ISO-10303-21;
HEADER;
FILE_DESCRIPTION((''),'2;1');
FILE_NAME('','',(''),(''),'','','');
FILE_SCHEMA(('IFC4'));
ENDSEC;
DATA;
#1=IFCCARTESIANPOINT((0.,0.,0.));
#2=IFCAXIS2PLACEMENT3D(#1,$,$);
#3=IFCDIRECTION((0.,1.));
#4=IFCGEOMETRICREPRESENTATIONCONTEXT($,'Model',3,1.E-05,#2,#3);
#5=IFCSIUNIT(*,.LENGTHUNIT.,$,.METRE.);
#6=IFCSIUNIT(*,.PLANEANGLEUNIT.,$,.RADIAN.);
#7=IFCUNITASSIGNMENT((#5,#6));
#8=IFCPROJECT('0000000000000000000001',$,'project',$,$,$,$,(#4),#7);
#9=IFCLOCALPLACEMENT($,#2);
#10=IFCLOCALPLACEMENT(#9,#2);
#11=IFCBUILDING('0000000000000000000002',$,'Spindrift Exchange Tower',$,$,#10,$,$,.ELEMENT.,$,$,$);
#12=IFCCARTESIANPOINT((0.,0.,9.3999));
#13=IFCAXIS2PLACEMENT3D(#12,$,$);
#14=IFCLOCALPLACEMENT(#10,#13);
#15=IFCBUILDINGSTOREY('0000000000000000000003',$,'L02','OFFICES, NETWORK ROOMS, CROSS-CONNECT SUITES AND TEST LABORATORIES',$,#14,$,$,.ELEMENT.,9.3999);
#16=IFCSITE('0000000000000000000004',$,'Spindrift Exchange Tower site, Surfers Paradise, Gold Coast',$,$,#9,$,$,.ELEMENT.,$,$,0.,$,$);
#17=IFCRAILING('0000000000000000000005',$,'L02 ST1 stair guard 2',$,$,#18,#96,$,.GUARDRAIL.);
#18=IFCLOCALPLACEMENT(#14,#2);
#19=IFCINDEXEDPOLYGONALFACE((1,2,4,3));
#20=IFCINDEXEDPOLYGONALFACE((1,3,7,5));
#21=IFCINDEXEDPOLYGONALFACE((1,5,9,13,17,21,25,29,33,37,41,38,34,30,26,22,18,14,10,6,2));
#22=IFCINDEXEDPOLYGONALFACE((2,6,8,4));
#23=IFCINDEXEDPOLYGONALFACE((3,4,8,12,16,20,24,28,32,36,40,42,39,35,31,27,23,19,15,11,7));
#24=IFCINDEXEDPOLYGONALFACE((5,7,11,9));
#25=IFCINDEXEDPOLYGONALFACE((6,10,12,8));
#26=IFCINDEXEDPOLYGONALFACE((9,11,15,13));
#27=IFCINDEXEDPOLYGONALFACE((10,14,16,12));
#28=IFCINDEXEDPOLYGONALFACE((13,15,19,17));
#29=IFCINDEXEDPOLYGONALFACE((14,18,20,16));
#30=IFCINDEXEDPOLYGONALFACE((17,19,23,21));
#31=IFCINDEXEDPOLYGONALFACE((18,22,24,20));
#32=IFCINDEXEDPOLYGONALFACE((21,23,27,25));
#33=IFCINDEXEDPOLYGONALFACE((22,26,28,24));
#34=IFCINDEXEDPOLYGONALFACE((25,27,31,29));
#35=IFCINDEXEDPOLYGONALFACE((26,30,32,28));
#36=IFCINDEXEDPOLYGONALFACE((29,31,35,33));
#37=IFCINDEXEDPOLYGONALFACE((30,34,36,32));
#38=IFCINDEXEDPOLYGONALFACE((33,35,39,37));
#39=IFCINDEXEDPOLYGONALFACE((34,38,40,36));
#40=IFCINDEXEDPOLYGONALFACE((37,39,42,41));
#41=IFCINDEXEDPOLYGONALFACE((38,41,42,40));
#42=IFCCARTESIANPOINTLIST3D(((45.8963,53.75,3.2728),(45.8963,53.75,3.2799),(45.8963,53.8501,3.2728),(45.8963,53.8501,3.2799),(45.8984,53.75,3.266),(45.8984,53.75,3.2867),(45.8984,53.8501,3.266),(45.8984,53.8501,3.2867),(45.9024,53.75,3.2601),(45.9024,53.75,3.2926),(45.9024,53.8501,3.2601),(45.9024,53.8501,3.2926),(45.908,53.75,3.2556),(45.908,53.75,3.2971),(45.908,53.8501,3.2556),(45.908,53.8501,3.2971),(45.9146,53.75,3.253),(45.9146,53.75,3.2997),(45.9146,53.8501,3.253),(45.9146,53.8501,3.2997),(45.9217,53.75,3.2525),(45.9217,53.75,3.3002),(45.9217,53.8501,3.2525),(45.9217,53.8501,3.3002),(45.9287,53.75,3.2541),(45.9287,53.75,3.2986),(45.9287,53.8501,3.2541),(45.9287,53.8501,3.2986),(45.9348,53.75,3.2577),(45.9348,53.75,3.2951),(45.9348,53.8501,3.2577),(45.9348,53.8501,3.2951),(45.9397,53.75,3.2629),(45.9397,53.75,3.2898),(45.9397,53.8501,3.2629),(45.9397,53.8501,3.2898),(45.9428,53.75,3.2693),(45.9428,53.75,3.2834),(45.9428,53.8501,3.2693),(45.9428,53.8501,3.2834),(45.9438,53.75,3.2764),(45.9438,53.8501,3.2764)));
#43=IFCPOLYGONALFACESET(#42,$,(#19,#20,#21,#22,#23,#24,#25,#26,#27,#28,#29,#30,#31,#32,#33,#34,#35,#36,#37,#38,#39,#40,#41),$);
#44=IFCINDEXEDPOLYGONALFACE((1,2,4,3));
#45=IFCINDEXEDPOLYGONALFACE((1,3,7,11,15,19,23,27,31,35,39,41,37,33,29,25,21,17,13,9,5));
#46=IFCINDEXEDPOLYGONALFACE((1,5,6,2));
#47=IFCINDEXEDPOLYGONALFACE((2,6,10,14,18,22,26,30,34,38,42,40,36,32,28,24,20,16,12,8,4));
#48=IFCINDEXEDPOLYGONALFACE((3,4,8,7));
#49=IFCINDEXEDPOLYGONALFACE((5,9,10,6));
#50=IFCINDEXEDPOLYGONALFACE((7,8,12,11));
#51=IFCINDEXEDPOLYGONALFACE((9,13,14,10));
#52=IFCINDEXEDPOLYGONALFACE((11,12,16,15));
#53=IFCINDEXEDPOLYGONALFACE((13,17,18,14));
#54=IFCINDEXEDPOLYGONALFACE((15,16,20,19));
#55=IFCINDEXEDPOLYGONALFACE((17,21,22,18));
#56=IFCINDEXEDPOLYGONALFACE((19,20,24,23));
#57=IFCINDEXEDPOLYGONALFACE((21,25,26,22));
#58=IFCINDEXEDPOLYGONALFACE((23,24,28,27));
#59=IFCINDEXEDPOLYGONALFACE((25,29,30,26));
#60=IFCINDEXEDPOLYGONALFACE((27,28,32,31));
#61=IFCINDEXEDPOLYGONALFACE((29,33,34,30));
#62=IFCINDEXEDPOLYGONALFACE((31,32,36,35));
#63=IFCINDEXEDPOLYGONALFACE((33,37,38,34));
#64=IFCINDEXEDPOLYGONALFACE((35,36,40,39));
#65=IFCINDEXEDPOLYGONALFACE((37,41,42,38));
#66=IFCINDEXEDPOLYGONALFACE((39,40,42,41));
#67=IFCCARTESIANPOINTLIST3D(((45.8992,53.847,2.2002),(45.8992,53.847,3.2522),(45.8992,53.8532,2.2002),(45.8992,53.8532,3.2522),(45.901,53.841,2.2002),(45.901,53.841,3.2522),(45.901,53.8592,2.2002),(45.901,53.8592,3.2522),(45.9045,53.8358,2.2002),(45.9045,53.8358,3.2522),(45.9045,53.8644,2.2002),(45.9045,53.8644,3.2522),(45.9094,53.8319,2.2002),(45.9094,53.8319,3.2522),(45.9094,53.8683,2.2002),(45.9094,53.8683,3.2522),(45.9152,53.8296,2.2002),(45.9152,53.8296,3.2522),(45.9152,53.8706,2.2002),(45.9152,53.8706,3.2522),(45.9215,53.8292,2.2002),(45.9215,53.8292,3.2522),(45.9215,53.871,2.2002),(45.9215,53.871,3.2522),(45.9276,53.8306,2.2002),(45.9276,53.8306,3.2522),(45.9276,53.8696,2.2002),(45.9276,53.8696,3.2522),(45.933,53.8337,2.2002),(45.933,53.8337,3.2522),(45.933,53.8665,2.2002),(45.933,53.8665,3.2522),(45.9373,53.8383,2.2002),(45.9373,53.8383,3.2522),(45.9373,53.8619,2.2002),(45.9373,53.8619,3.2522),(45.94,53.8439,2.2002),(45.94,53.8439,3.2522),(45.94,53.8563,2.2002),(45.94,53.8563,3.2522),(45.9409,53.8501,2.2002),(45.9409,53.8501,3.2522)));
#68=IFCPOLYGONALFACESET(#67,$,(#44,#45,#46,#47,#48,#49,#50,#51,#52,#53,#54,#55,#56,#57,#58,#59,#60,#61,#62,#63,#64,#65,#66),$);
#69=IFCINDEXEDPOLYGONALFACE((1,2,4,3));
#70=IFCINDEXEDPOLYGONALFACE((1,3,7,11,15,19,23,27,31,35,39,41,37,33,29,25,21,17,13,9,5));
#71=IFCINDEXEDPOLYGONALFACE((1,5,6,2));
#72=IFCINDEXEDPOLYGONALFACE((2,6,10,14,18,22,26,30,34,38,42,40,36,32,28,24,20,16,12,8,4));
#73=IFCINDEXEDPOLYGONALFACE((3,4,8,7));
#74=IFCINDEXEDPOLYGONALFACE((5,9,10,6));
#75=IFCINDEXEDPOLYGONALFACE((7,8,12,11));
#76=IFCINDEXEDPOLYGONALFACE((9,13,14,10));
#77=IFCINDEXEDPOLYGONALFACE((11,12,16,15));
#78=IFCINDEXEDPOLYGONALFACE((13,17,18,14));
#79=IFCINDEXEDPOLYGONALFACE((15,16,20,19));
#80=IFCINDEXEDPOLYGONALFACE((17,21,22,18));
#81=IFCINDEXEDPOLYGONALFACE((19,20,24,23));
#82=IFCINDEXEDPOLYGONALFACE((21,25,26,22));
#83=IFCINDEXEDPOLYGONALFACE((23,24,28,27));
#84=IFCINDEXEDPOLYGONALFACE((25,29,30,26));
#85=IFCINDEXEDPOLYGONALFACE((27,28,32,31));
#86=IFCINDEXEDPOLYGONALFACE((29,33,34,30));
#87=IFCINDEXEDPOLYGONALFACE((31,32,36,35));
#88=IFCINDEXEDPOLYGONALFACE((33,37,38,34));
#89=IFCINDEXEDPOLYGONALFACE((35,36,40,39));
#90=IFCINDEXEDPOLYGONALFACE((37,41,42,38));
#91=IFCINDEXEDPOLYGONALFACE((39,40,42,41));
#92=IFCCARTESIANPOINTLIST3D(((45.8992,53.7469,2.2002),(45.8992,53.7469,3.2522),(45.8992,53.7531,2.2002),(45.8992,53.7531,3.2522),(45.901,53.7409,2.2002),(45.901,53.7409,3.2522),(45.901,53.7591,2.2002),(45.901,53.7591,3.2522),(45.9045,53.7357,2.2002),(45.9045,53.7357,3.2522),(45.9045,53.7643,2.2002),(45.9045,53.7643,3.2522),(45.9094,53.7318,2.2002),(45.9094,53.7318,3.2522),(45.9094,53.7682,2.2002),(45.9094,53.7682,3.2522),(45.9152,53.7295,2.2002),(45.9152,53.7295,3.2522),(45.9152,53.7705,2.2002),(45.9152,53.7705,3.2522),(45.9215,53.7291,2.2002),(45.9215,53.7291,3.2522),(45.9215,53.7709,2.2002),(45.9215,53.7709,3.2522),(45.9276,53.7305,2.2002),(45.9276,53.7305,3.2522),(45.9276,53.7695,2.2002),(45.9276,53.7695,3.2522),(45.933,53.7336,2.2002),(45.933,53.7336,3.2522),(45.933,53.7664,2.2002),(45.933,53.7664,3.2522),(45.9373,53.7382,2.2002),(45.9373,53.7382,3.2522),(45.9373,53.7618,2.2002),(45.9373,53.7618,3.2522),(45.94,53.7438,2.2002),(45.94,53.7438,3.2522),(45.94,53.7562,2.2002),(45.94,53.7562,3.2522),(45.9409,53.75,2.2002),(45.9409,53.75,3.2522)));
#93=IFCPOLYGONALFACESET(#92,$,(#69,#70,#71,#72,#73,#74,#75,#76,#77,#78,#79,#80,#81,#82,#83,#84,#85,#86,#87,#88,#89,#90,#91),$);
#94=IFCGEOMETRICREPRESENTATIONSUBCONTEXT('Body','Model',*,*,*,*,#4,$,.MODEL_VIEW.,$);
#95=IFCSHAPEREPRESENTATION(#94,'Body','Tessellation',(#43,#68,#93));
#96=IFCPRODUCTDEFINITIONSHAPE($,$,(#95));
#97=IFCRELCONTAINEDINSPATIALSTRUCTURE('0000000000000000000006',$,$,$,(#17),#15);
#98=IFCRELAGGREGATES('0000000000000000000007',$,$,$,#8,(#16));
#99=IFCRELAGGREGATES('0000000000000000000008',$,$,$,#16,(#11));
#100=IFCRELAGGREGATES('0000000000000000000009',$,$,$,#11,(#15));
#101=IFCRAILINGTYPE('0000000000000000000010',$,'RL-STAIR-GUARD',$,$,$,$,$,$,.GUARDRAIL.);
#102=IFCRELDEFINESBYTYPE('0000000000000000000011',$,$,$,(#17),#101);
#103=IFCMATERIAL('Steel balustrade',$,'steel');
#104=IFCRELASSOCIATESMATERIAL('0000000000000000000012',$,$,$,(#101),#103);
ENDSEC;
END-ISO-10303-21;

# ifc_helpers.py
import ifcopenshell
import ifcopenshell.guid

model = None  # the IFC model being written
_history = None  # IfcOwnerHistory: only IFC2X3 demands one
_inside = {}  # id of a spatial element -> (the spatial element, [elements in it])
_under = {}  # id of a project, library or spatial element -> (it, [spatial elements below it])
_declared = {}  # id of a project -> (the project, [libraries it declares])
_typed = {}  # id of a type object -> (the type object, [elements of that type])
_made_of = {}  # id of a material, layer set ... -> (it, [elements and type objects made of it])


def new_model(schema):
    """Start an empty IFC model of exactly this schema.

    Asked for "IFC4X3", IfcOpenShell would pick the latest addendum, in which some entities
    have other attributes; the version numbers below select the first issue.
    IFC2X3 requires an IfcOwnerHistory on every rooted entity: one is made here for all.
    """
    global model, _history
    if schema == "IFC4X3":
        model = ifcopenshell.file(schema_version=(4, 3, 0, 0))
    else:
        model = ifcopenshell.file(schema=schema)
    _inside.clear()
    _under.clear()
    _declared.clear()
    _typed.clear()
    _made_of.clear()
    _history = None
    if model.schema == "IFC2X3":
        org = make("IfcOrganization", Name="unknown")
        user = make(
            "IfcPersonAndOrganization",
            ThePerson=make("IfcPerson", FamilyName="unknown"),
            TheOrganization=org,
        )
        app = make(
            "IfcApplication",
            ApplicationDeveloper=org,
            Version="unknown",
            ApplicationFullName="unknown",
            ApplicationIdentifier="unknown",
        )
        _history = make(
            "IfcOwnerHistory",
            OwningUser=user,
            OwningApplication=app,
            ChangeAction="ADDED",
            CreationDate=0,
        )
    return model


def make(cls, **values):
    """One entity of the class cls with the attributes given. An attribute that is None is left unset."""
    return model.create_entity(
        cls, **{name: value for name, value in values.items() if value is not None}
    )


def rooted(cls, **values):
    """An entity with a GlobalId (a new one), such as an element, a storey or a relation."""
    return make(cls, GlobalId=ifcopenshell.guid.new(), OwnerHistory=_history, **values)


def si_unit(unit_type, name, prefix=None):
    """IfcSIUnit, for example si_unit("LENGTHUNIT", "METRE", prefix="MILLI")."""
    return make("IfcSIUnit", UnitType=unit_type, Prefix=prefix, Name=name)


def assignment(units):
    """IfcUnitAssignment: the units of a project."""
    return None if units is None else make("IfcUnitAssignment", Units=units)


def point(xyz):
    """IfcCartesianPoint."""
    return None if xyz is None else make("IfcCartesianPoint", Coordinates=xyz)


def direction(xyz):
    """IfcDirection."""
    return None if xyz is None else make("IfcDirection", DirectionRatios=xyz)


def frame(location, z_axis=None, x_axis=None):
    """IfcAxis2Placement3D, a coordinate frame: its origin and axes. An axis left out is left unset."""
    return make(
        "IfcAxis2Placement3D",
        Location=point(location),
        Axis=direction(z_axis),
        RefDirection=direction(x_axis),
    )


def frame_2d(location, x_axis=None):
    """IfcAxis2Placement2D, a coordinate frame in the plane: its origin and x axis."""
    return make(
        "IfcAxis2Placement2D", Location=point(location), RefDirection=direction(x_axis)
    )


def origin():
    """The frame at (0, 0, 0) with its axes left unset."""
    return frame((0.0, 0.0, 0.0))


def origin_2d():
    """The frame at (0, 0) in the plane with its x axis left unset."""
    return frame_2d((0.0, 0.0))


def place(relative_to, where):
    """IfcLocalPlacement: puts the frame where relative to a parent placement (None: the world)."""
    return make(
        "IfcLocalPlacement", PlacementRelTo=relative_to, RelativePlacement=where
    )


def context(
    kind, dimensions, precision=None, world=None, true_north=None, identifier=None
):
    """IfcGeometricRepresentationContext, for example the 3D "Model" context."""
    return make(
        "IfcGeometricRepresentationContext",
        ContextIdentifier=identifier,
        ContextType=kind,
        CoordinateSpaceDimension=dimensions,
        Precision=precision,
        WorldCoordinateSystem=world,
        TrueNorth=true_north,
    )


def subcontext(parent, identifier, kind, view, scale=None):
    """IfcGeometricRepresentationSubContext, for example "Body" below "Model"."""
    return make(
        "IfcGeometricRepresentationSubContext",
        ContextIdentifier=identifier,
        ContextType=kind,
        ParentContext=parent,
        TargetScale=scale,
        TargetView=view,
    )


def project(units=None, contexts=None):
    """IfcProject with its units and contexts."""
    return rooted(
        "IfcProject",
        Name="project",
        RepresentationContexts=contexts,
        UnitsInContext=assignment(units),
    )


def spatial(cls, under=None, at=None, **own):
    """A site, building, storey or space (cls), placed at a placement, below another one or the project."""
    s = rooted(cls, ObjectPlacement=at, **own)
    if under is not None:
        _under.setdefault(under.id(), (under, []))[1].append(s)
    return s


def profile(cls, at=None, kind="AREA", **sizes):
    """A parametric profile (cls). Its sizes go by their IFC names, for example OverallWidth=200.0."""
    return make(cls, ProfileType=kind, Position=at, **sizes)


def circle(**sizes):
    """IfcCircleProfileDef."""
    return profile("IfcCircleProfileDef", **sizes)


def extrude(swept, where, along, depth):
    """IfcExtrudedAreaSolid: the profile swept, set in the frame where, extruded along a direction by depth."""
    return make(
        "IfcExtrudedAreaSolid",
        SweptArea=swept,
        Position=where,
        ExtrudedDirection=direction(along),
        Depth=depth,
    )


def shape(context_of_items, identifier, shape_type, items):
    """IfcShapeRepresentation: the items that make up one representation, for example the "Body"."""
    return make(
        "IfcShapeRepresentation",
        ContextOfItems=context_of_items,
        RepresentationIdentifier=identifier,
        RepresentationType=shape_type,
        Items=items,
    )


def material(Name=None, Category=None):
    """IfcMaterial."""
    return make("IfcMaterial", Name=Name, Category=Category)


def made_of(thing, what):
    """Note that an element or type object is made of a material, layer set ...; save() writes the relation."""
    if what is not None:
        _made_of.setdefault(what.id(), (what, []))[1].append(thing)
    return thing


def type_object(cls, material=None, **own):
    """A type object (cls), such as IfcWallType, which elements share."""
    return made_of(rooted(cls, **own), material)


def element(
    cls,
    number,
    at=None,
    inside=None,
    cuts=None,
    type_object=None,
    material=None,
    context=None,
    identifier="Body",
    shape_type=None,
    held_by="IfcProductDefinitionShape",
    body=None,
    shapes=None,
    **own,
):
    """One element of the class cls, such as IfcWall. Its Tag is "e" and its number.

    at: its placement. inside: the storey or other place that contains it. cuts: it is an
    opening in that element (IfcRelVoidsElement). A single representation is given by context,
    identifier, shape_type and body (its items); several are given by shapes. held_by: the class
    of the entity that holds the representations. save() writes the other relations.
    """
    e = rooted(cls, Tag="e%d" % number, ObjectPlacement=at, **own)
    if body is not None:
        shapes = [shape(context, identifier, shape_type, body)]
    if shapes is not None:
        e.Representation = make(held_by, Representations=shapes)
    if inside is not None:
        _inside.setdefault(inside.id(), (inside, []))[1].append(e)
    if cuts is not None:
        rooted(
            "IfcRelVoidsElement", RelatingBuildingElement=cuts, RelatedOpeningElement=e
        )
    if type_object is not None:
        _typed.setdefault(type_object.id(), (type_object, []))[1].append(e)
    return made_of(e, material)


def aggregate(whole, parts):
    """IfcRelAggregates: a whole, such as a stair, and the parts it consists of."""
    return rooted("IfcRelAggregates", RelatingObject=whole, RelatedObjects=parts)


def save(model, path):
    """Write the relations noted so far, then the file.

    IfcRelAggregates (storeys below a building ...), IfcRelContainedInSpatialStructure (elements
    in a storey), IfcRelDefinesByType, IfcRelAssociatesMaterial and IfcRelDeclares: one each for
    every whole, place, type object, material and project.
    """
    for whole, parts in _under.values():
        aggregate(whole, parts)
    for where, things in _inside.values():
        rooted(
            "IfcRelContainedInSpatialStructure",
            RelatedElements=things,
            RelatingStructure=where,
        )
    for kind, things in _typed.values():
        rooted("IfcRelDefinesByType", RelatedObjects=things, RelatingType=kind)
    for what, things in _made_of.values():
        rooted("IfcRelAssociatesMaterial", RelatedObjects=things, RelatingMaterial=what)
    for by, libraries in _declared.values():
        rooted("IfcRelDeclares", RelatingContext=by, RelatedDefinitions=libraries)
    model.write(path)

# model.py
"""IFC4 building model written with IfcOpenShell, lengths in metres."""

from ifc_helpers import new_model, si_unit, direction, frame, origin, origin_2d, place, context, subcontext, project, spatial, circle, extrude, material, type_object, element, save


model = new_model("IFC4")

# Units and contexts
model_context = context("Model", 3, precision=1e-05, world=origin(), true_north=direction((0.0, 1.0)))
body_context = subcontext(model_context, "Body", "Model", "MODEL_VIEW")
ifc_project = project(units=[si_unit("LENGTHUNIT", "METRE"), si_unit("PLANEANGLEUNIT", "RADIAN")], contexts=[model_context])

# Site, building, storey
site_placement = place(None, origin())
site = spatial("IfcSite", under=ifc_project, at=site_placement, Name="Spindrift Exchange Tower site, Surfers Paradise, Gold Coast", CompositionType="ELEMENT", RefElevation=0.0)
building_placement = place(site_placement, origin())
building = spatial("IfcBuilding", under=site, at=building_placement, Name="Spindrift Exchange Tower", CompositionType="ELEMENT")
storey_placement = place(building_placement, frame((0.0, 0.0, 9.3999)))
storey = spatial("IfcBuildingStorey", under=building, at=storey_placement, Name="L02", Description="OFFICES, NETWORK ROOMS, CROSS-CONNECT SUITES AND TEST LABORATORIES", CompositionType="ELEMENT", Elevation=9.3999)

# Railing
ifc_material_1 = material(Name="Steel balustrade", Category="steel")
railing_type_1 = type_object("IfcRailingType", Name="RL-STAIR-GUARD", PredefinedType="GUARDRAIL", material=ifc_material_1)
railing_1_placement = place(storey_placement, frame((45.9199, 53.8501, 2.2002)))
element("IfcRailing", 1, at=railing_1_placement, inside=storey, type_object=railing_type_1, Name="L02 ST1 stair guard 2", PredefinedType="GUARDRAIL", context=body_context, shape_type="SweptSolid", body=[
    extrude(circle(Radius=0.0239, at=origin_2d()), frame((0.0, 0.0, 1.0762), z_axis=(0.0, -1.0, 0.0), x_axis=(1.0, 0.0, 0.0)), (0.0, 0.0, 1.0), 0.1001),
    extrude(circle(Radius=0.021, at=origin_2d()), origin(), (0.0, 0.0, 1.0), 1.052),
    extrude(circle(Radius=0.021, at=origin_2d()), frame((0.0, -0.1001, 0.0)), (0.0, 0.0, 1.0), 1.052),
])

save(model, "model.ifc")
